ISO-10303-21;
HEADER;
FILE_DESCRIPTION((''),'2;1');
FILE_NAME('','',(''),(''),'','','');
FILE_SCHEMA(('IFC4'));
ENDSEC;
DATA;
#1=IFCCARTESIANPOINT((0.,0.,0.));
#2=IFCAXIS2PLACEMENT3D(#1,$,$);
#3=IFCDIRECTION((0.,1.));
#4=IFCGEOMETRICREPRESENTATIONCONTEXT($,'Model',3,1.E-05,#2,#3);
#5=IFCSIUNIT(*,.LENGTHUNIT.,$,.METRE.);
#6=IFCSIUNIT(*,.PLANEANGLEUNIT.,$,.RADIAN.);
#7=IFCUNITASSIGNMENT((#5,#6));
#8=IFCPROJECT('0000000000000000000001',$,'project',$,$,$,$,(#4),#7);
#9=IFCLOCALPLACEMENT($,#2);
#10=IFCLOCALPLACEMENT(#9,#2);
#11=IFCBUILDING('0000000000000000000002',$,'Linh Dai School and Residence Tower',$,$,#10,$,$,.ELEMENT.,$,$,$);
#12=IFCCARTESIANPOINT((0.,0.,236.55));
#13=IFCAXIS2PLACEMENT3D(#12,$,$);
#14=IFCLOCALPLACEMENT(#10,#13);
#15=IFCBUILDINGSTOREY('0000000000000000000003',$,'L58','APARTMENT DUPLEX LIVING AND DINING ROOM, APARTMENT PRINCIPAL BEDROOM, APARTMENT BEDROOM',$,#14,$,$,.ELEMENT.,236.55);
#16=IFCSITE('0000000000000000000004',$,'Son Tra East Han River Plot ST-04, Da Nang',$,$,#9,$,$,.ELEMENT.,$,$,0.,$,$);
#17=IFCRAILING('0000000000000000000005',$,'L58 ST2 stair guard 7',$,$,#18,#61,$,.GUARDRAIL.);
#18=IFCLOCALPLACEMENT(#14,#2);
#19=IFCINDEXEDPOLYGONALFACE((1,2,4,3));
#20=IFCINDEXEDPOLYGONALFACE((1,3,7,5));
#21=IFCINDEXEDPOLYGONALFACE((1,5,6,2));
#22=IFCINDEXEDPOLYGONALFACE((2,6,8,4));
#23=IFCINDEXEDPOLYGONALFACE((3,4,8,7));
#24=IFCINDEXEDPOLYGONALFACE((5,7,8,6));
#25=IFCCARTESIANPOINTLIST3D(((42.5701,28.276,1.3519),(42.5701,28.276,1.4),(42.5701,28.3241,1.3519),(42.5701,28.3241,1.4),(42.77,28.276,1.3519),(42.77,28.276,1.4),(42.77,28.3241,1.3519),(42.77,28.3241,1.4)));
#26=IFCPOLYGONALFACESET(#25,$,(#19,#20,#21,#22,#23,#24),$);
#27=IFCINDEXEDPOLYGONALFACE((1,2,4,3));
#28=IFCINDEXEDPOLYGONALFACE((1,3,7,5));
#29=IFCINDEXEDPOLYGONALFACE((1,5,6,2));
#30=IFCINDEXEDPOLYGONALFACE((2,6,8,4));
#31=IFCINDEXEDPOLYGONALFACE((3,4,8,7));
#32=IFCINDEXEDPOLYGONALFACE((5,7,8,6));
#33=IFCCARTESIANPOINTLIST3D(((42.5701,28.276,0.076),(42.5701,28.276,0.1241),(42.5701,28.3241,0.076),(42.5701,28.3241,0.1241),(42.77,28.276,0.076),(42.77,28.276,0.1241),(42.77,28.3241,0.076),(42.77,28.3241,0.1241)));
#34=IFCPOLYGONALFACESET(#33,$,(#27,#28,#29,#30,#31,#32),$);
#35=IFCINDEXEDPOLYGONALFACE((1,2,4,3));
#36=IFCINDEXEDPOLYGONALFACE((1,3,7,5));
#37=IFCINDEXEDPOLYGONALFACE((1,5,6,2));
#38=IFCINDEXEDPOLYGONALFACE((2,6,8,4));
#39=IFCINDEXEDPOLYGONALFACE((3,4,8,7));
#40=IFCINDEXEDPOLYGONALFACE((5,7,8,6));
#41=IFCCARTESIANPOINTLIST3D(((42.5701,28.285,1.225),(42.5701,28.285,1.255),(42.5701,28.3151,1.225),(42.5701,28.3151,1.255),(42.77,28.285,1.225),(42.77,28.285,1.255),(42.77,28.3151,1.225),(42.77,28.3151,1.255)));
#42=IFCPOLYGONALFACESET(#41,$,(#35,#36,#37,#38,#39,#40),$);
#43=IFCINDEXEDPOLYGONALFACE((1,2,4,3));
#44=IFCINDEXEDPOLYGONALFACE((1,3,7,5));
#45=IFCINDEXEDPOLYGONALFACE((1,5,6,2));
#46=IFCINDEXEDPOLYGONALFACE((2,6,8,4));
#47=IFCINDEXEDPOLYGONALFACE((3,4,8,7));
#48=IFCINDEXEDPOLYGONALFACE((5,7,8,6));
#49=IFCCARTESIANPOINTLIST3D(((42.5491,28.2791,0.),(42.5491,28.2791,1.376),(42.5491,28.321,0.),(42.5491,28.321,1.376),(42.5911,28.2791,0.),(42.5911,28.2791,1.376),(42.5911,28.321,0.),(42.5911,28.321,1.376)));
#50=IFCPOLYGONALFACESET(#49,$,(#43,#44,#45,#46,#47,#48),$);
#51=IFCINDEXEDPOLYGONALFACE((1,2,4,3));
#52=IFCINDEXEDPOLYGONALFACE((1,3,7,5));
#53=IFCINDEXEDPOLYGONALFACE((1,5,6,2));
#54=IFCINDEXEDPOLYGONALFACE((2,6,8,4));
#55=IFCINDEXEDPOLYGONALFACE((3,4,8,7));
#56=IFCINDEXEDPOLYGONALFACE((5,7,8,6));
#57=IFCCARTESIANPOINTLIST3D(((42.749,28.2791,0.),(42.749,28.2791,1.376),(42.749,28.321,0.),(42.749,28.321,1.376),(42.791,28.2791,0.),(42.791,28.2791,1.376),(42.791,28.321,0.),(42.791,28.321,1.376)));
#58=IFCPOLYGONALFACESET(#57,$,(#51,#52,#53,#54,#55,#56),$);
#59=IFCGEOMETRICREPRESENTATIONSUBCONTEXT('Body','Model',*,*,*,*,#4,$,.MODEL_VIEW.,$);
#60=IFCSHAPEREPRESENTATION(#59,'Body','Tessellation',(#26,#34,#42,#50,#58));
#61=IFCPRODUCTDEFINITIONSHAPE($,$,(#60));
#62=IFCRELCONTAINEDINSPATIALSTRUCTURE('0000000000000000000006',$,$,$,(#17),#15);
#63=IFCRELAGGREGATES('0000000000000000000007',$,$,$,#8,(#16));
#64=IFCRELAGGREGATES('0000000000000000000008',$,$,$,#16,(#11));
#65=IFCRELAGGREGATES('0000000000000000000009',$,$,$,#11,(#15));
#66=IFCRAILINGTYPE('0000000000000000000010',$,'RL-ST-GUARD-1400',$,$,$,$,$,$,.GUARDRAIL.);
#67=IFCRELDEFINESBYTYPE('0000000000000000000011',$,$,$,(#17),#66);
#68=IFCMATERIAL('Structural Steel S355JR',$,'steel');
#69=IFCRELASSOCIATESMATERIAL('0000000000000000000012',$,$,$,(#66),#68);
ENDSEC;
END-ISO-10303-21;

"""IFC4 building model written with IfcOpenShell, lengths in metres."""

from ifc_helpers import new_model, si_unit, direction, frame, origin, origin_2d, place, context, subcontext, project, spatial, rectangle, extrude, source, transform, mapped, material, type_object, element, save


model = new_model("IFC4")

# Units and contexts
model_context = context("Model", 3, precision=1e-05, world=origin(), true_north=direction((0.0, 1.0)))
body_context = subcontext(model_context, "Body", "Model", "MODEL_VIEW")
ifc_project = project(units=[si_unit("LENGTHUNIT", "METRE"), si_unit("PLANEANGLEUNIT", "RADIAN")], contexts=[model_context])

# Site, building, storey
site_placement = place(None, origin())
site = spatial("IfcSite", under=ifc_project, at=site_placement, Name="Son Tra East Han River Plot ST-04, Da Nang", CompositionType="ELEMENT", RefElevation=0.0)
building_placement = place(site_placement, origin())
building = spatial("IfcBuilding", under=site, at=building_placement, Name="Linh Dai School and Residence Tower", CompositionType="ELEMENT")
storey_placement = place(building_placement, frame((0.0, 0.0, 236.55)))
storey = spatial("IfcBuildingStorey", under=building, at=storey_placement, Name="L58", Description="APARTMENT DUPLEX LIVING AND DINING ROOM, APARTMENT PRINCIPAL BEDROOM, APARTMENT BEDROOM", CompositionType="ELEMENT", Elevation=236.55)

# Shared definitions
ifc_material_1 = material(Name="Structural Steel S355JR", Category="steel")

# Railing
railing_type_1 = type_object("IfcRailingType", Name="RL-ST-GUARD-1400", PredefinedType="GUARDRAIL", material=ifc_material_1)
shared_shape_1 = source(origin(), body_context, "Body", "SweptSolid", [
    extrude(rectangle(XDim=0.0481, YDim=0.0481, at=origin_2d()), frame((0.0, 0.0, 1.376), z_axis=(1.0, 0.0, 0.0), x_axis=(0.0, 1.0, 0.0)), (0.0, 0.0, 1.0), 0.2),
    extrude(rectangle(XDim=0.0481, YDim=0.0481, at=origin_2d()), frame((0.0, 0.0, 0.1001), z_axis=(1.0, 0.0, 0.0), x_axis=(0.0, 1.0, 0.0)), (0.0, 0.0, 1.0), 0.2),
    extrude(rectangle(XDim=0.03, YDim=0.03, at=origin_2d()), frame((0.0, 0.0, 1.24), z_axis=(1.0, 0.0, 0.0), x_axis=(0.0, 1.0, 0.0)), (0.0, 0.0, 1.0), 0.2),
    extrude(rectangle(XDim=0.042, YDim=0.042, at=origin_2d()), origin(), (0.0, 0.0, 1.0), 1.376),
    extrude(rectangle(XDim=0.042, YDim=0.042, at=origin_2d()), frame((0.2, 0.0, 0.0)), (0.0, 0.0, 1.0), 1.376),
])
railing_1_placement = place(storey_placement, frame((42.5701, 28.3, 0.0)))
element("IfcRailing", 1, at=railing_1_placement, inside=storey, type_object=railing_type_1, Name="L58 ST2 stair guard 7", PredefinedType="GUARDRAIL", context=body_context, shape_type="MappedRepresentation", body=[
    mapped(shared_shape_1, transform((0.0, 0.0, 0.0), x_axis=(1.0, 0.0, 0.0), y_axis=(0.0, 1.0, 0.0), z_axis=(0.0, 0.0, 1.0), scale=1.0)),
])

save(model, "model.ifc")
